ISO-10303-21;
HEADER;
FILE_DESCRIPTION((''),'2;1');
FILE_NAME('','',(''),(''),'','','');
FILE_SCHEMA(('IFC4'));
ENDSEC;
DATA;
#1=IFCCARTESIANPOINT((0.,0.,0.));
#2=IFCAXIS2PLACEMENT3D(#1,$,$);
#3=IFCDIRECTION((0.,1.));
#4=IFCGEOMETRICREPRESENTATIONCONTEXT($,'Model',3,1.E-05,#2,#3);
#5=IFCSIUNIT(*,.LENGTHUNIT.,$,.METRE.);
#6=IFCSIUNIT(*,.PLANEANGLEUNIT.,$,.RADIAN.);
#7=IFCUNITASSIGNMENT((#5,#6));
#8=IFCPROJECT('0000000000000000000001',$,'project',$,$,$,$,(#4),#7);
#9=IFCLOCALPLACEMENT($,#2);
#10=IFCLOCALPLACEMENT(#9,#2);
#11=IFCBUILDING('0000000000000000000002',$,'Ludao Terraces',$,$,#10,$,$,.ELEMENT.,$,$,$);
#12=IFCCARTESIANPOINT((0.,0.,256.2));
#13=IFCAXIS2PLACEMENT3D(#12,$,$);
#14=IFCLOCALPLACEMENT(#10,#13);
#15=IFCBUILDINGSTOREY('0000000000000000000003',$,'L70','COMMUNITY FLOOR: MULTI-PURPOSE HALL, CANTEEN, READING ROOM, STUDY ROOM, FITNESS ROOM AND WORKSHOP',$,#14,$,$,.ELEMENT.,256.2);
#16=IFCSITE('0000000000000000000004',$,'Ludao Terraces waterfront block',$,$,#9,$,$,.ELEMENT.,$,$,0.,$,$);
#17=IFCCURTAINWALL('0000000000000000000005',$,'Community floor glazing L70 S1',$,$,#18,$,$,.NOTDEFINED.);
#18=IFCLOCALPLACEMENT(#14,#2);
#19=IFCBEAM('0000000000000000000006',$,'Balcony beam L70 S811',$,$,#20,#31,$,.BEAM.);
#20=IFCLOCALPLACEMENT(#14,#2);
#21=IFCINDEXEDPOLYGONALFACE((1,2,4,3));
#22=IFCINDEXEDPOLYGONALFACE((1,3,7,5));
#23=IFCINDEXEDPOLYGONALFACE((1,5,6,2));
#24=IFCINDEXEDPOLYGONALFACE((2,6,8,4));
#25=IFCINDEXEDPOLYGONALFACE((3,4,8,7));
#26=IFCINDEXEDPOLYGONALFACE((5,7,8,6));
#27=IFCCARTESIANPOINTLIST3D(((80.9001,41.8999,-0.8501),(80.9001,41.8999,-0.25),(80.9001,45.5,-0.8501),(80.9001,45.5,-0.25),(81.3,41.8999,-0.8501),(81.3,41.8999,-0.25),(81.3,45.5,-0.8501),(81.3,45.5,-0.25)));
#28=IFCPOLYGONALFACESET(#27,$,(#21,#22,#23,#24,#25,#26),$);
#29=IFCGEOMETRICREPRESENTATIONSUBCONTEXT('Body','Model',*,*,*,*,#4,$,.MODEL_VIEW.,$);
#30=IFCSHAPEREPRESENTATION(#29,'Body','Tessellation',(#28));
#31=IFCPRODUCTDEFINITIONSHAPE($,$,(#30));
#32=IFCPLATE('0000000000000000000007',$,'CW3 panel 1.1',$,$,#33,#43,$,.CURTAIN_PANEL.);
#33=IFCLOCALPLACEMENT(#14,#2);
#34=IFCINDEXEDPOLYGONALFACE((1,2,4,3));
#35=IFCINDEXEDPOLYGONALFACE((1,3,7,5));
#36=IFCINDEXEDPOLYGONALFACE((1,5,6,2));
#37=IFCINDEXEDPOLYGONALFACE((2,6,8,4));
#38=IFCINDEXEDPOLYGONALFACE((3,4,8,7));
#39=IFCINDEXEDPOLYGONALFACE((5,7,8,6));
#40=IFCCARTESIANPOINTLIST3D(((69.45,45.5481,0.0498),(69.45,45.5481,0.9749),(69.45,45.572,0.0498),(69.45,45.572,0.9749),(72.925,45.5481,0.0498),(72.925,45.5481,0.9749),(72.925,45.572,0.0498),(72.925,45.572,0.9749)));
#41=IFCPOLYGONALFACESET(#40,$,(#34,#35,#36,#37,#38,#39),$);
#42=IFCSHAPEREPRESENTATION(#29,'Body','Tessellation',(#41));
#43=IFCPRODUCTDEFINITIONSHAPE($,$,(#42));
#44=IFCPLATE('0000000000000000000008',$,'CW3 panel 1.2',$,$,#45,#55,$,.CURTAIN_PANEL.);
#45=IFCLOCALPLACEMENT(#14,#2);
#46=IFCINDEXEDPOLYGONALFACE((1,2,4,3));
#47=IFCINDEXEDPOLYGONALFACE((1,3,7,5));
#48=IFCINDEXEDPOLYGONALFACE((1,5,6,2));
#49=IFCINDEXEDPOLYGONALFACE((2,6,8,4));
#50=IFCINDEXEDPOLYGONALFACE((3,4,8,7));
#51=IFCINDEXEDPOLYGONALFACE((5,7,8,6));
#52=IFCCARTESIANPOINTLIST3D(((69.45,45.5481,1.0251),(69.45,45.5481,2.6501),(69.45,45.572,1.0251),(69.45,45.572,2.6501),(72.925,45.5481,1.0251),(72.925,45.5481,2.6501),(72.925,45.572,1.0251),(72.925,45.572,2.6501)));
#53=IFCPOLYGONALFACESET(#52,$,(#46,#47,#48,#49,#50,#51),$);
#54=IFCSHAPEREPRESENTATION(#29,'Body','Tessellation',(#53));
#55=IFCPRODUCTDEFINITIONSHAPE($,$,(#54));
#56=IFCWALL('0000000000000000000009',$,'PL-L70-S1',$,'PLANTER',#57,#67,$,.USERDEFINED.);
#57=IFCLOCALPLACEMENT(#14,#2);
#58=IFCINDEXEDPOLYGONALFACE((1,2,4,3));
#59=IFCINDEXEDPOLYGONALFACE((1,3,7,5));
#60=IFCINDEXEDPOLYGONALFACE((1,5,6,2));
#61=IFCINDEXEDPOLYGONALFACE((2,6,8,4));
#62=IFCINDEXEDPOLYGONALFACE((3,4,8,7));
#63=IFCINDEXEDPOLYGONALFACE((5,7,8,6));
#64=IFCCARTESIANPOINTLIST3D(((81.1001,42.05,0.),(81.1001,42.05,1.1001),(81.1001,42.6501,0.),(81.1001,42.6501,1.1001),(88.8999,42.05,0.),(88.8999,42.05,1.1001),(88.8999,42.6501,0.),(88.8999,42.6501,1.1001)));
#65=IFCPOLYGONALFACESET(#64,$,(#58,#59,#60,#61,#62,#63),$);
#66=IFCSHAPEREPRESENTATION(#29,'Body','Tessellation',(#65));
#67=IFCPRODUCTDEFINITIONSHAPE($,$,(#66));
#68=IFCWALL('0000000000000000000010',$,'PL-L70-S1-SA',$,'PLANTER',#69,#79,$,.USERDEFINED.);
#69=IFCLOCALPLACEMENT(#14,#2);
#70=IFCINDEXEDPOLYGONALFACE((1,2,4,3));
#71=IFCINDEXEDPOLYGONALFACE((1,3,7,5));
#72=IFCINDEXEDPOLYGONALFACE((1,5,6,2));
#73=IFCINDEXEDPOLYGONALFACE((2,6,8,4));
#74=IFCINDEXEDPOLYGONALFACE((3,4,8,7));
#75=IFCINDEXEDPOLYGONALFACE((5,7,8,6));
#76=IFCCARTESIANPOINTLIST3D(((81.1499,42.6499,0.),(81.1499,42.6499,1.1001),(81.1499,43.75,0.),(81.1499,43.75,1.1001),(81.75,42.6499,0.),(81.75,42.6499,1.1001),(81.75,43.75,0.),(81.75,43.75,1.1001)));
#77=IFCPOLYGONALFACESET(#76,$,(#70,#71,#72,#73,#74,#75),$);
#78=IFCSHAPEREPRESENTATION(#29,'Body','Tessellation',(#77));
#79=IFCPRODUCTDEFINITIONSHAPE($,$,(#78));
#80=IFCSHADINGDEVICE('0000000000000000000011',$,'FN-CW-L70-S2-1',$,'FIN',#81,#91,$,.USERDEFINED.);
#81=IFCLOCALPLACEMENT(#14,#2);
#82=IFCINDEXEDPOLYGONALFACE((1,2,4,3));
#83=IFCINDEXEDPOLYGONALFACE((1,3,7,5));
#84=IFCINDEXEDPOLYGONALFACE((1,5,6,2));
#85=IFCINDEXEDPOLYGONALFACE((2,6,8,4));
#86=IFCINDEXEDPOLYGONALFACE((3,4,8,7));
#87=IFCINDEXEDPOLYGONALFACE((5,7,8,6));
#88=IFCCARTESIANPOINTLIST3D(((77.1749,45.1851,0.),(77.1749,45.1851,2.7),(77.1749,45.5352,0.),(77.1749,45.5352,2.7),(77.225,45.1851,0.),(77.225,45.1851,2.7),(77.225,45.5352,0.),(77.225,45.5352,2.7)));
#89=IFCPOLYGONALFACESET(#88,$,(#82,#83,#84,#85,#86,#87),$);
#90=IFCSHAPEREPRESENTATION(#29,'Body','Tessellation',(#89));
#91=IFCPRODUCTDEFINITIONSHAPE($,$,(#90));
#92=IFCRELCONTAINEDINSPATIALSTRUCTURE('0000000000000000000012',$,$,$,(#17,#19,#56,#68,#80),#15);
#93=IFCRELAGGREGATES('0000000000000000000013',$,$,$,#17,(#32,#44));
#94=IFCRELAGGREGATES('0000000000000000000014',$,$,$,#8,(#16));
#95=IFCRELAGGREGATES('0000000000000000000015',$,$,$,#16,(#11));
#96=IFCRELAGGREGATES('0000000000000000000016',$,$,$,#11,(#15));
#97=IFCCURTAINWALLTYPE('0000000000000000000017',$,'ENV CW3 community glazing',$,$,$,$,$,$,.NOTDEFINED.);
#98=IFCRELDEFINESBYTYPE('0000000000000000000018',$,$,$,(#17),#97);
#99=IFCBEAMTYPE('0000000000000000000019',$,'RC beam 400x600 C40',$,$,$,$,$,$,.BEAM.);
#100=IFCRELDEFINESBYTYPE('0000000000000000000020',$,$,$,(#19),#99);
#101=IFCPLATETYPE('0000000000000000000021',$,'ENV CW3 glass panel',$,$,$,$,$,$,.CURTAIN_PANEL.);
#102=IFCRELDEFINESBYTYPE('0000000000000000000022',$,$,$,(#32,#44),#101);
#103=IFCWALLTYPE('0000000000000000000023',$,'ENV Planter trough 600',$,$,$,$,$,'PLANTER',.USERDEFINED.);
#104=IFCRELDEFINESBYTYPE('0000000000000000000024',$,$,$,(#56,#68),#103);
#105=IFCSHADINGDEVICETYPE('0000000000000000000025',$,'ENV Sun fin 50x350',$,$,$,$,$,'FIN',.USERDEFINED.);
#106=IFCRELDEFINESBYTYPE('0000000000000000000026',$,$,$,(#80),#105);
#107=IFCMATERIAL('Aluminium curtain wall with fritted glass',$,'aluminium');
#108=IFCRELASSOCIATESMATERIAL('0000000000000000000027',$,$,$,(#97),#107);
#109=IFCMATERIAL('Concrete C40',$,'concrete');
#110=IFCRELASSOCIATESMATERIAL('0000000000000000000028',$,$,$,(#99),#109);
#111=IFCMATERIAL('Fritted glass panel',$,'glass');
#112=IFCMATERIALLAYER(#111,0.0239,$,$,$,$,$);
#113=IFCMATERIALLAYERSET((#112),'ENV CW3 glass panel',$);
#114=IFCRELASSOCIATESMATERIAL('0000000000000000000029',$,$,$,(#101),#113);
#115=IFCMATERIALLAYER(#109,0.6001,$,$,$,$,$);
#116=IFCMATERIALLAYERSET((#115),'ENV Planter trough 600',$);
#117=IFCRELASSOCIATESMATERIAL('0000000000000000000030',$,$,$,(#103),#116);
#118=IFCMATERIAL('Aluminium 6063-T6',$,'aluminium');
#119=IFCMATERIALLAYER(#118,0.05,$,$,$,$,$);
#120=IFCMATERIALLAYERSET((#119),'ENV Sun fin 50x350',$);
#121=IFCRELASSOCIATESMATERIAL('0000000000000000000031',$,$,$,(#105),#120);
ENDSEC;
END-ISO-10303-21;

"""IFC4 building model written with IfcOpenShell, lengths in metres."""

from ifc_helpers import new_model, si_unit, direction, frame, frame_2d, origin, origin_2d, place, context, subcontext, project, spatial, rectangle, extrude, material, layer, layer_set, material_profile, profile_set, type_object, element, aggregate, save


model = new_model("IFC4")

# Units and contexts
model_context = context("Model", 3, precision=1e-05, world=origin(), true_north=direction((0.0, 1.0)))
body_context = subcontext(model_context, "Body", "Model", "MODEL_VIEW")
ifc_project = project(units=[si_unit("LENGTHUNIT", "METRE"), si_unit("PLANEANGLEUNIT", "RADIAN")], contexts=[model_context])

# Site, building, storey
site_placement = place(None, origin())
site = spatial("IfcSite", under=ifc_project, at=site_placement, Name="Ludao Terraces waterfront block", CompositionType="ELEMENT", RefElevation=0.0)
building_placement = place(site_placement, origin())
building = spatial("IfcBuilding", under=site, at=building_placement, Name="Ludao Terraces", CompositionType="ELEMENT")
storey_placement = place(building_placement, frame((0.0, 0.0, 256.2)))
storey = spatial("IfcBuildingStorey", under=building, at=storey_placement, Name="L70", Description="COMMUNITY FLOOR: MULTI-PURPOSE HALL, CANTEEN, READING ROOM, STUDY ROOM, FITNESS ROOM AND WORKSHOP", CompositionType="ELEMENT", Elevation=256.2)

# Shared definitions
ifc_material_1 = material(Name="Concrete C40", Category="concrete")

# Curtain wall
ifc_material_2 = material(Name="Aluminium curtain wall with fritted glass", Category="aluminium")
curtain_wall_type = type_object("IfcCurtainWallType", Name="ENV CW3 community glazing", PredefinedType="NOTDEFINED", material=ifc_material_2)
curtain_wall_1_placement = place(storey_placement, origin())
curtain_wall_1 = element("IfcCurtainWall", 1, at=curtain_wall_1_placement, inside=storey, type_object=curtain_wall_type, Name="Community floor glazing L70 S1", PredefinedType="NOTDEFINED")
ifc_material_3 = material(Name="Aluminium 6063-T6", Category="aluminium")

# Beam
ifc_material_profile_1 = material_profile(ifc_material_1, rectangle(XDim=0.3999, YDim=0.6001, at=origin_2d()), Name="400 X 600")
ifc_profile_set_1 = profile_set([ifc_material_profile_1], Name="Concrete C40")
beam_type_1 = type_object("IfcBeamType", Name="RC beam 400x600 C40", PredefinedType="BEAM", material=ifc_profile_set_1)
beam_1_placement = place(storey_placement, frame((81.1001, 45.5, -0.55), z_axis=(0.0, -1.0, 0.0), x_axis=(1.0, 0.0, 0.0)))
element("IfcBeam", 2, at=beam_1_placement, inside=storey, type_object=beam_type_1, Name="Balcony beam L70 S811", PredefinedType="BEAM", context=body_context, shape_type="SweptSolid", body=[
    extrude(rectangle(XDim=0.3999, YDim=0.6001, at=origin_2d()), origin(), (0.0, 0.0, 1.0), 3.6001),
])

# Plates
ifc_material_4 = material(Name="Fritted glass panel", Category="glass")
ifc_layer_1 = layer(ifc_material_4, 0.0239)
ifc_layer_set_1 = layer_set([ifc_layer_1], Name="ENV CW3 glass panel")
plate_type = type_object("IfcPlateType", Name="ENV CW3 glass panel", PredefinedType="CURTAIN_PANEL", material=ifc_layer_set_1)
plate_1_placement = place(storey_placement, frame((71.1875, 45.5601, 0.0498), z_axis=(0.0, 0.0, 1.0), x_axis=(1.0, 0.0, 0.0)))
plate_1 = element("IfcPlate", 3, at=plate_1_placement, type_object=plate_type, Name="CW3 panel 1.1", PredefinedType="CURTAIN_PANEL", context=body_context, shape_type="SweptSolid", body=[
    extrude(rectangle(XDim=3.4751, YDim=0.0239, at=origin_2d()), origin(), (0.0, 0.0, 1.0), 0.925),
])
plate_2_placement = place(storey_placement, frame((71.1875, 45.5601, 1.0251), z_axis=(0.0, 0.0, 1.0), x_axis=(1.0, 0.0, 0.0)))
plate_2 = element("IfcPlate", 4, at=plate_2_placement, type_object=plate_type, Name="CW3 panel 1.2", PredefinedType="CURTAIN_PANEL", context=body_context, shape_type="SweptSolid", body=[
    extrude(rectangle(XDim=3.4751, YDim=0.0239, at=origin_2d()), origin(), (0.0, 0.0, 1.0), 1.625),
])
aggregate(curtain_wall_1, [plate_1, plate_2])

# Walls
ifc_layer_2 = layer(ifc_material_1, 0.6001)
ifc_layer_set_2 = layer_set([ifc_layer_2], Name="ENV Planter trough 600")
wall_type = type_object("IfcWallType", Name="ENV Planter trough 600", ElementType="PLANTER", PredefinedType="USERDEFINED", material=ifc_layer_set_2)
wall_1_placement = place(storey_placement, frame((81.1001, 42.3501, 0.0), z_axis=(0.0, 0.0, 1.0), x_axis=(1.0, 0.0, 0.0)))
element("IfcWall", 5, at=wall_1_placement, inside=storey, type_object=wall_type, Name="PL-L70-S1", ObjectType="PLANTER", PredefinedType="USERDEFINED", context=body_context, shape_type="SweptSolid", body=[
    extrude(rectangle(XDim=7.7998, YDim=0.6001, at=frame_2d((3.8999, 0.0))), origin(), (0.0, 0.0, 1.0), 1.1001),
])
wall_2_placement = place(storey_placement, frame((81.45, 42.6499, 0.0), z_axis=(0.0, 0.0, 1.0), x_axis=(0.0, 1.0, 0.0)))
element("IfcWall", 6, at=wall_2_placement, inside=storey, type_object=wall_type, Name="PL-L70-S1-SA", ObjectType="PLANTER", PredefinedType="USERDEFINED", context=body_context, shape_type="SweptSolid", body=[
    extrude(rectangle(XDim=1.1001, YDim=0.6001, at=frame_2d((0.55, 0.0))), origin(), (0.0, 0.0, 1.0), 1.1001),
])

# Shading device
ifc_layer_3 = layer(ifc_material_3, 0.05)
ifc_layer_set_3 = layer_set([ifc_layer_3], Name="ENV Sun fin 50x350")
shading_device_type = type_object("IfcShadingDeviceType", Name="ENV Sun fin 50x350", ElementType="FIN", PredefinedType="USERDEFINED", material=ifc_layer_set_3)
shading_device_placement = place(storey_placement, frame((77.2, 45.3601, 0.0), z_axis=(0.0, 0.0, 1.0), x_axis=(1.0, 0.0, 0.0)))
element("IfcShadingDevice", 7, at=shading_device_placement, inside=storey, type_object=shading_device_type, Name="FN-CW-L70-S2-1", ObjectType="FIN", PredefinedType="USERDEFINED", context=body_context, shape_type="SweptSolid", body=[
    extrude(rectangle(XDim=0.05, YDim=0.3501, at=origin_2d()), origin(), (0.0, 0.0, 1.0), 2.7),
])

save(model, "model.ifc")
